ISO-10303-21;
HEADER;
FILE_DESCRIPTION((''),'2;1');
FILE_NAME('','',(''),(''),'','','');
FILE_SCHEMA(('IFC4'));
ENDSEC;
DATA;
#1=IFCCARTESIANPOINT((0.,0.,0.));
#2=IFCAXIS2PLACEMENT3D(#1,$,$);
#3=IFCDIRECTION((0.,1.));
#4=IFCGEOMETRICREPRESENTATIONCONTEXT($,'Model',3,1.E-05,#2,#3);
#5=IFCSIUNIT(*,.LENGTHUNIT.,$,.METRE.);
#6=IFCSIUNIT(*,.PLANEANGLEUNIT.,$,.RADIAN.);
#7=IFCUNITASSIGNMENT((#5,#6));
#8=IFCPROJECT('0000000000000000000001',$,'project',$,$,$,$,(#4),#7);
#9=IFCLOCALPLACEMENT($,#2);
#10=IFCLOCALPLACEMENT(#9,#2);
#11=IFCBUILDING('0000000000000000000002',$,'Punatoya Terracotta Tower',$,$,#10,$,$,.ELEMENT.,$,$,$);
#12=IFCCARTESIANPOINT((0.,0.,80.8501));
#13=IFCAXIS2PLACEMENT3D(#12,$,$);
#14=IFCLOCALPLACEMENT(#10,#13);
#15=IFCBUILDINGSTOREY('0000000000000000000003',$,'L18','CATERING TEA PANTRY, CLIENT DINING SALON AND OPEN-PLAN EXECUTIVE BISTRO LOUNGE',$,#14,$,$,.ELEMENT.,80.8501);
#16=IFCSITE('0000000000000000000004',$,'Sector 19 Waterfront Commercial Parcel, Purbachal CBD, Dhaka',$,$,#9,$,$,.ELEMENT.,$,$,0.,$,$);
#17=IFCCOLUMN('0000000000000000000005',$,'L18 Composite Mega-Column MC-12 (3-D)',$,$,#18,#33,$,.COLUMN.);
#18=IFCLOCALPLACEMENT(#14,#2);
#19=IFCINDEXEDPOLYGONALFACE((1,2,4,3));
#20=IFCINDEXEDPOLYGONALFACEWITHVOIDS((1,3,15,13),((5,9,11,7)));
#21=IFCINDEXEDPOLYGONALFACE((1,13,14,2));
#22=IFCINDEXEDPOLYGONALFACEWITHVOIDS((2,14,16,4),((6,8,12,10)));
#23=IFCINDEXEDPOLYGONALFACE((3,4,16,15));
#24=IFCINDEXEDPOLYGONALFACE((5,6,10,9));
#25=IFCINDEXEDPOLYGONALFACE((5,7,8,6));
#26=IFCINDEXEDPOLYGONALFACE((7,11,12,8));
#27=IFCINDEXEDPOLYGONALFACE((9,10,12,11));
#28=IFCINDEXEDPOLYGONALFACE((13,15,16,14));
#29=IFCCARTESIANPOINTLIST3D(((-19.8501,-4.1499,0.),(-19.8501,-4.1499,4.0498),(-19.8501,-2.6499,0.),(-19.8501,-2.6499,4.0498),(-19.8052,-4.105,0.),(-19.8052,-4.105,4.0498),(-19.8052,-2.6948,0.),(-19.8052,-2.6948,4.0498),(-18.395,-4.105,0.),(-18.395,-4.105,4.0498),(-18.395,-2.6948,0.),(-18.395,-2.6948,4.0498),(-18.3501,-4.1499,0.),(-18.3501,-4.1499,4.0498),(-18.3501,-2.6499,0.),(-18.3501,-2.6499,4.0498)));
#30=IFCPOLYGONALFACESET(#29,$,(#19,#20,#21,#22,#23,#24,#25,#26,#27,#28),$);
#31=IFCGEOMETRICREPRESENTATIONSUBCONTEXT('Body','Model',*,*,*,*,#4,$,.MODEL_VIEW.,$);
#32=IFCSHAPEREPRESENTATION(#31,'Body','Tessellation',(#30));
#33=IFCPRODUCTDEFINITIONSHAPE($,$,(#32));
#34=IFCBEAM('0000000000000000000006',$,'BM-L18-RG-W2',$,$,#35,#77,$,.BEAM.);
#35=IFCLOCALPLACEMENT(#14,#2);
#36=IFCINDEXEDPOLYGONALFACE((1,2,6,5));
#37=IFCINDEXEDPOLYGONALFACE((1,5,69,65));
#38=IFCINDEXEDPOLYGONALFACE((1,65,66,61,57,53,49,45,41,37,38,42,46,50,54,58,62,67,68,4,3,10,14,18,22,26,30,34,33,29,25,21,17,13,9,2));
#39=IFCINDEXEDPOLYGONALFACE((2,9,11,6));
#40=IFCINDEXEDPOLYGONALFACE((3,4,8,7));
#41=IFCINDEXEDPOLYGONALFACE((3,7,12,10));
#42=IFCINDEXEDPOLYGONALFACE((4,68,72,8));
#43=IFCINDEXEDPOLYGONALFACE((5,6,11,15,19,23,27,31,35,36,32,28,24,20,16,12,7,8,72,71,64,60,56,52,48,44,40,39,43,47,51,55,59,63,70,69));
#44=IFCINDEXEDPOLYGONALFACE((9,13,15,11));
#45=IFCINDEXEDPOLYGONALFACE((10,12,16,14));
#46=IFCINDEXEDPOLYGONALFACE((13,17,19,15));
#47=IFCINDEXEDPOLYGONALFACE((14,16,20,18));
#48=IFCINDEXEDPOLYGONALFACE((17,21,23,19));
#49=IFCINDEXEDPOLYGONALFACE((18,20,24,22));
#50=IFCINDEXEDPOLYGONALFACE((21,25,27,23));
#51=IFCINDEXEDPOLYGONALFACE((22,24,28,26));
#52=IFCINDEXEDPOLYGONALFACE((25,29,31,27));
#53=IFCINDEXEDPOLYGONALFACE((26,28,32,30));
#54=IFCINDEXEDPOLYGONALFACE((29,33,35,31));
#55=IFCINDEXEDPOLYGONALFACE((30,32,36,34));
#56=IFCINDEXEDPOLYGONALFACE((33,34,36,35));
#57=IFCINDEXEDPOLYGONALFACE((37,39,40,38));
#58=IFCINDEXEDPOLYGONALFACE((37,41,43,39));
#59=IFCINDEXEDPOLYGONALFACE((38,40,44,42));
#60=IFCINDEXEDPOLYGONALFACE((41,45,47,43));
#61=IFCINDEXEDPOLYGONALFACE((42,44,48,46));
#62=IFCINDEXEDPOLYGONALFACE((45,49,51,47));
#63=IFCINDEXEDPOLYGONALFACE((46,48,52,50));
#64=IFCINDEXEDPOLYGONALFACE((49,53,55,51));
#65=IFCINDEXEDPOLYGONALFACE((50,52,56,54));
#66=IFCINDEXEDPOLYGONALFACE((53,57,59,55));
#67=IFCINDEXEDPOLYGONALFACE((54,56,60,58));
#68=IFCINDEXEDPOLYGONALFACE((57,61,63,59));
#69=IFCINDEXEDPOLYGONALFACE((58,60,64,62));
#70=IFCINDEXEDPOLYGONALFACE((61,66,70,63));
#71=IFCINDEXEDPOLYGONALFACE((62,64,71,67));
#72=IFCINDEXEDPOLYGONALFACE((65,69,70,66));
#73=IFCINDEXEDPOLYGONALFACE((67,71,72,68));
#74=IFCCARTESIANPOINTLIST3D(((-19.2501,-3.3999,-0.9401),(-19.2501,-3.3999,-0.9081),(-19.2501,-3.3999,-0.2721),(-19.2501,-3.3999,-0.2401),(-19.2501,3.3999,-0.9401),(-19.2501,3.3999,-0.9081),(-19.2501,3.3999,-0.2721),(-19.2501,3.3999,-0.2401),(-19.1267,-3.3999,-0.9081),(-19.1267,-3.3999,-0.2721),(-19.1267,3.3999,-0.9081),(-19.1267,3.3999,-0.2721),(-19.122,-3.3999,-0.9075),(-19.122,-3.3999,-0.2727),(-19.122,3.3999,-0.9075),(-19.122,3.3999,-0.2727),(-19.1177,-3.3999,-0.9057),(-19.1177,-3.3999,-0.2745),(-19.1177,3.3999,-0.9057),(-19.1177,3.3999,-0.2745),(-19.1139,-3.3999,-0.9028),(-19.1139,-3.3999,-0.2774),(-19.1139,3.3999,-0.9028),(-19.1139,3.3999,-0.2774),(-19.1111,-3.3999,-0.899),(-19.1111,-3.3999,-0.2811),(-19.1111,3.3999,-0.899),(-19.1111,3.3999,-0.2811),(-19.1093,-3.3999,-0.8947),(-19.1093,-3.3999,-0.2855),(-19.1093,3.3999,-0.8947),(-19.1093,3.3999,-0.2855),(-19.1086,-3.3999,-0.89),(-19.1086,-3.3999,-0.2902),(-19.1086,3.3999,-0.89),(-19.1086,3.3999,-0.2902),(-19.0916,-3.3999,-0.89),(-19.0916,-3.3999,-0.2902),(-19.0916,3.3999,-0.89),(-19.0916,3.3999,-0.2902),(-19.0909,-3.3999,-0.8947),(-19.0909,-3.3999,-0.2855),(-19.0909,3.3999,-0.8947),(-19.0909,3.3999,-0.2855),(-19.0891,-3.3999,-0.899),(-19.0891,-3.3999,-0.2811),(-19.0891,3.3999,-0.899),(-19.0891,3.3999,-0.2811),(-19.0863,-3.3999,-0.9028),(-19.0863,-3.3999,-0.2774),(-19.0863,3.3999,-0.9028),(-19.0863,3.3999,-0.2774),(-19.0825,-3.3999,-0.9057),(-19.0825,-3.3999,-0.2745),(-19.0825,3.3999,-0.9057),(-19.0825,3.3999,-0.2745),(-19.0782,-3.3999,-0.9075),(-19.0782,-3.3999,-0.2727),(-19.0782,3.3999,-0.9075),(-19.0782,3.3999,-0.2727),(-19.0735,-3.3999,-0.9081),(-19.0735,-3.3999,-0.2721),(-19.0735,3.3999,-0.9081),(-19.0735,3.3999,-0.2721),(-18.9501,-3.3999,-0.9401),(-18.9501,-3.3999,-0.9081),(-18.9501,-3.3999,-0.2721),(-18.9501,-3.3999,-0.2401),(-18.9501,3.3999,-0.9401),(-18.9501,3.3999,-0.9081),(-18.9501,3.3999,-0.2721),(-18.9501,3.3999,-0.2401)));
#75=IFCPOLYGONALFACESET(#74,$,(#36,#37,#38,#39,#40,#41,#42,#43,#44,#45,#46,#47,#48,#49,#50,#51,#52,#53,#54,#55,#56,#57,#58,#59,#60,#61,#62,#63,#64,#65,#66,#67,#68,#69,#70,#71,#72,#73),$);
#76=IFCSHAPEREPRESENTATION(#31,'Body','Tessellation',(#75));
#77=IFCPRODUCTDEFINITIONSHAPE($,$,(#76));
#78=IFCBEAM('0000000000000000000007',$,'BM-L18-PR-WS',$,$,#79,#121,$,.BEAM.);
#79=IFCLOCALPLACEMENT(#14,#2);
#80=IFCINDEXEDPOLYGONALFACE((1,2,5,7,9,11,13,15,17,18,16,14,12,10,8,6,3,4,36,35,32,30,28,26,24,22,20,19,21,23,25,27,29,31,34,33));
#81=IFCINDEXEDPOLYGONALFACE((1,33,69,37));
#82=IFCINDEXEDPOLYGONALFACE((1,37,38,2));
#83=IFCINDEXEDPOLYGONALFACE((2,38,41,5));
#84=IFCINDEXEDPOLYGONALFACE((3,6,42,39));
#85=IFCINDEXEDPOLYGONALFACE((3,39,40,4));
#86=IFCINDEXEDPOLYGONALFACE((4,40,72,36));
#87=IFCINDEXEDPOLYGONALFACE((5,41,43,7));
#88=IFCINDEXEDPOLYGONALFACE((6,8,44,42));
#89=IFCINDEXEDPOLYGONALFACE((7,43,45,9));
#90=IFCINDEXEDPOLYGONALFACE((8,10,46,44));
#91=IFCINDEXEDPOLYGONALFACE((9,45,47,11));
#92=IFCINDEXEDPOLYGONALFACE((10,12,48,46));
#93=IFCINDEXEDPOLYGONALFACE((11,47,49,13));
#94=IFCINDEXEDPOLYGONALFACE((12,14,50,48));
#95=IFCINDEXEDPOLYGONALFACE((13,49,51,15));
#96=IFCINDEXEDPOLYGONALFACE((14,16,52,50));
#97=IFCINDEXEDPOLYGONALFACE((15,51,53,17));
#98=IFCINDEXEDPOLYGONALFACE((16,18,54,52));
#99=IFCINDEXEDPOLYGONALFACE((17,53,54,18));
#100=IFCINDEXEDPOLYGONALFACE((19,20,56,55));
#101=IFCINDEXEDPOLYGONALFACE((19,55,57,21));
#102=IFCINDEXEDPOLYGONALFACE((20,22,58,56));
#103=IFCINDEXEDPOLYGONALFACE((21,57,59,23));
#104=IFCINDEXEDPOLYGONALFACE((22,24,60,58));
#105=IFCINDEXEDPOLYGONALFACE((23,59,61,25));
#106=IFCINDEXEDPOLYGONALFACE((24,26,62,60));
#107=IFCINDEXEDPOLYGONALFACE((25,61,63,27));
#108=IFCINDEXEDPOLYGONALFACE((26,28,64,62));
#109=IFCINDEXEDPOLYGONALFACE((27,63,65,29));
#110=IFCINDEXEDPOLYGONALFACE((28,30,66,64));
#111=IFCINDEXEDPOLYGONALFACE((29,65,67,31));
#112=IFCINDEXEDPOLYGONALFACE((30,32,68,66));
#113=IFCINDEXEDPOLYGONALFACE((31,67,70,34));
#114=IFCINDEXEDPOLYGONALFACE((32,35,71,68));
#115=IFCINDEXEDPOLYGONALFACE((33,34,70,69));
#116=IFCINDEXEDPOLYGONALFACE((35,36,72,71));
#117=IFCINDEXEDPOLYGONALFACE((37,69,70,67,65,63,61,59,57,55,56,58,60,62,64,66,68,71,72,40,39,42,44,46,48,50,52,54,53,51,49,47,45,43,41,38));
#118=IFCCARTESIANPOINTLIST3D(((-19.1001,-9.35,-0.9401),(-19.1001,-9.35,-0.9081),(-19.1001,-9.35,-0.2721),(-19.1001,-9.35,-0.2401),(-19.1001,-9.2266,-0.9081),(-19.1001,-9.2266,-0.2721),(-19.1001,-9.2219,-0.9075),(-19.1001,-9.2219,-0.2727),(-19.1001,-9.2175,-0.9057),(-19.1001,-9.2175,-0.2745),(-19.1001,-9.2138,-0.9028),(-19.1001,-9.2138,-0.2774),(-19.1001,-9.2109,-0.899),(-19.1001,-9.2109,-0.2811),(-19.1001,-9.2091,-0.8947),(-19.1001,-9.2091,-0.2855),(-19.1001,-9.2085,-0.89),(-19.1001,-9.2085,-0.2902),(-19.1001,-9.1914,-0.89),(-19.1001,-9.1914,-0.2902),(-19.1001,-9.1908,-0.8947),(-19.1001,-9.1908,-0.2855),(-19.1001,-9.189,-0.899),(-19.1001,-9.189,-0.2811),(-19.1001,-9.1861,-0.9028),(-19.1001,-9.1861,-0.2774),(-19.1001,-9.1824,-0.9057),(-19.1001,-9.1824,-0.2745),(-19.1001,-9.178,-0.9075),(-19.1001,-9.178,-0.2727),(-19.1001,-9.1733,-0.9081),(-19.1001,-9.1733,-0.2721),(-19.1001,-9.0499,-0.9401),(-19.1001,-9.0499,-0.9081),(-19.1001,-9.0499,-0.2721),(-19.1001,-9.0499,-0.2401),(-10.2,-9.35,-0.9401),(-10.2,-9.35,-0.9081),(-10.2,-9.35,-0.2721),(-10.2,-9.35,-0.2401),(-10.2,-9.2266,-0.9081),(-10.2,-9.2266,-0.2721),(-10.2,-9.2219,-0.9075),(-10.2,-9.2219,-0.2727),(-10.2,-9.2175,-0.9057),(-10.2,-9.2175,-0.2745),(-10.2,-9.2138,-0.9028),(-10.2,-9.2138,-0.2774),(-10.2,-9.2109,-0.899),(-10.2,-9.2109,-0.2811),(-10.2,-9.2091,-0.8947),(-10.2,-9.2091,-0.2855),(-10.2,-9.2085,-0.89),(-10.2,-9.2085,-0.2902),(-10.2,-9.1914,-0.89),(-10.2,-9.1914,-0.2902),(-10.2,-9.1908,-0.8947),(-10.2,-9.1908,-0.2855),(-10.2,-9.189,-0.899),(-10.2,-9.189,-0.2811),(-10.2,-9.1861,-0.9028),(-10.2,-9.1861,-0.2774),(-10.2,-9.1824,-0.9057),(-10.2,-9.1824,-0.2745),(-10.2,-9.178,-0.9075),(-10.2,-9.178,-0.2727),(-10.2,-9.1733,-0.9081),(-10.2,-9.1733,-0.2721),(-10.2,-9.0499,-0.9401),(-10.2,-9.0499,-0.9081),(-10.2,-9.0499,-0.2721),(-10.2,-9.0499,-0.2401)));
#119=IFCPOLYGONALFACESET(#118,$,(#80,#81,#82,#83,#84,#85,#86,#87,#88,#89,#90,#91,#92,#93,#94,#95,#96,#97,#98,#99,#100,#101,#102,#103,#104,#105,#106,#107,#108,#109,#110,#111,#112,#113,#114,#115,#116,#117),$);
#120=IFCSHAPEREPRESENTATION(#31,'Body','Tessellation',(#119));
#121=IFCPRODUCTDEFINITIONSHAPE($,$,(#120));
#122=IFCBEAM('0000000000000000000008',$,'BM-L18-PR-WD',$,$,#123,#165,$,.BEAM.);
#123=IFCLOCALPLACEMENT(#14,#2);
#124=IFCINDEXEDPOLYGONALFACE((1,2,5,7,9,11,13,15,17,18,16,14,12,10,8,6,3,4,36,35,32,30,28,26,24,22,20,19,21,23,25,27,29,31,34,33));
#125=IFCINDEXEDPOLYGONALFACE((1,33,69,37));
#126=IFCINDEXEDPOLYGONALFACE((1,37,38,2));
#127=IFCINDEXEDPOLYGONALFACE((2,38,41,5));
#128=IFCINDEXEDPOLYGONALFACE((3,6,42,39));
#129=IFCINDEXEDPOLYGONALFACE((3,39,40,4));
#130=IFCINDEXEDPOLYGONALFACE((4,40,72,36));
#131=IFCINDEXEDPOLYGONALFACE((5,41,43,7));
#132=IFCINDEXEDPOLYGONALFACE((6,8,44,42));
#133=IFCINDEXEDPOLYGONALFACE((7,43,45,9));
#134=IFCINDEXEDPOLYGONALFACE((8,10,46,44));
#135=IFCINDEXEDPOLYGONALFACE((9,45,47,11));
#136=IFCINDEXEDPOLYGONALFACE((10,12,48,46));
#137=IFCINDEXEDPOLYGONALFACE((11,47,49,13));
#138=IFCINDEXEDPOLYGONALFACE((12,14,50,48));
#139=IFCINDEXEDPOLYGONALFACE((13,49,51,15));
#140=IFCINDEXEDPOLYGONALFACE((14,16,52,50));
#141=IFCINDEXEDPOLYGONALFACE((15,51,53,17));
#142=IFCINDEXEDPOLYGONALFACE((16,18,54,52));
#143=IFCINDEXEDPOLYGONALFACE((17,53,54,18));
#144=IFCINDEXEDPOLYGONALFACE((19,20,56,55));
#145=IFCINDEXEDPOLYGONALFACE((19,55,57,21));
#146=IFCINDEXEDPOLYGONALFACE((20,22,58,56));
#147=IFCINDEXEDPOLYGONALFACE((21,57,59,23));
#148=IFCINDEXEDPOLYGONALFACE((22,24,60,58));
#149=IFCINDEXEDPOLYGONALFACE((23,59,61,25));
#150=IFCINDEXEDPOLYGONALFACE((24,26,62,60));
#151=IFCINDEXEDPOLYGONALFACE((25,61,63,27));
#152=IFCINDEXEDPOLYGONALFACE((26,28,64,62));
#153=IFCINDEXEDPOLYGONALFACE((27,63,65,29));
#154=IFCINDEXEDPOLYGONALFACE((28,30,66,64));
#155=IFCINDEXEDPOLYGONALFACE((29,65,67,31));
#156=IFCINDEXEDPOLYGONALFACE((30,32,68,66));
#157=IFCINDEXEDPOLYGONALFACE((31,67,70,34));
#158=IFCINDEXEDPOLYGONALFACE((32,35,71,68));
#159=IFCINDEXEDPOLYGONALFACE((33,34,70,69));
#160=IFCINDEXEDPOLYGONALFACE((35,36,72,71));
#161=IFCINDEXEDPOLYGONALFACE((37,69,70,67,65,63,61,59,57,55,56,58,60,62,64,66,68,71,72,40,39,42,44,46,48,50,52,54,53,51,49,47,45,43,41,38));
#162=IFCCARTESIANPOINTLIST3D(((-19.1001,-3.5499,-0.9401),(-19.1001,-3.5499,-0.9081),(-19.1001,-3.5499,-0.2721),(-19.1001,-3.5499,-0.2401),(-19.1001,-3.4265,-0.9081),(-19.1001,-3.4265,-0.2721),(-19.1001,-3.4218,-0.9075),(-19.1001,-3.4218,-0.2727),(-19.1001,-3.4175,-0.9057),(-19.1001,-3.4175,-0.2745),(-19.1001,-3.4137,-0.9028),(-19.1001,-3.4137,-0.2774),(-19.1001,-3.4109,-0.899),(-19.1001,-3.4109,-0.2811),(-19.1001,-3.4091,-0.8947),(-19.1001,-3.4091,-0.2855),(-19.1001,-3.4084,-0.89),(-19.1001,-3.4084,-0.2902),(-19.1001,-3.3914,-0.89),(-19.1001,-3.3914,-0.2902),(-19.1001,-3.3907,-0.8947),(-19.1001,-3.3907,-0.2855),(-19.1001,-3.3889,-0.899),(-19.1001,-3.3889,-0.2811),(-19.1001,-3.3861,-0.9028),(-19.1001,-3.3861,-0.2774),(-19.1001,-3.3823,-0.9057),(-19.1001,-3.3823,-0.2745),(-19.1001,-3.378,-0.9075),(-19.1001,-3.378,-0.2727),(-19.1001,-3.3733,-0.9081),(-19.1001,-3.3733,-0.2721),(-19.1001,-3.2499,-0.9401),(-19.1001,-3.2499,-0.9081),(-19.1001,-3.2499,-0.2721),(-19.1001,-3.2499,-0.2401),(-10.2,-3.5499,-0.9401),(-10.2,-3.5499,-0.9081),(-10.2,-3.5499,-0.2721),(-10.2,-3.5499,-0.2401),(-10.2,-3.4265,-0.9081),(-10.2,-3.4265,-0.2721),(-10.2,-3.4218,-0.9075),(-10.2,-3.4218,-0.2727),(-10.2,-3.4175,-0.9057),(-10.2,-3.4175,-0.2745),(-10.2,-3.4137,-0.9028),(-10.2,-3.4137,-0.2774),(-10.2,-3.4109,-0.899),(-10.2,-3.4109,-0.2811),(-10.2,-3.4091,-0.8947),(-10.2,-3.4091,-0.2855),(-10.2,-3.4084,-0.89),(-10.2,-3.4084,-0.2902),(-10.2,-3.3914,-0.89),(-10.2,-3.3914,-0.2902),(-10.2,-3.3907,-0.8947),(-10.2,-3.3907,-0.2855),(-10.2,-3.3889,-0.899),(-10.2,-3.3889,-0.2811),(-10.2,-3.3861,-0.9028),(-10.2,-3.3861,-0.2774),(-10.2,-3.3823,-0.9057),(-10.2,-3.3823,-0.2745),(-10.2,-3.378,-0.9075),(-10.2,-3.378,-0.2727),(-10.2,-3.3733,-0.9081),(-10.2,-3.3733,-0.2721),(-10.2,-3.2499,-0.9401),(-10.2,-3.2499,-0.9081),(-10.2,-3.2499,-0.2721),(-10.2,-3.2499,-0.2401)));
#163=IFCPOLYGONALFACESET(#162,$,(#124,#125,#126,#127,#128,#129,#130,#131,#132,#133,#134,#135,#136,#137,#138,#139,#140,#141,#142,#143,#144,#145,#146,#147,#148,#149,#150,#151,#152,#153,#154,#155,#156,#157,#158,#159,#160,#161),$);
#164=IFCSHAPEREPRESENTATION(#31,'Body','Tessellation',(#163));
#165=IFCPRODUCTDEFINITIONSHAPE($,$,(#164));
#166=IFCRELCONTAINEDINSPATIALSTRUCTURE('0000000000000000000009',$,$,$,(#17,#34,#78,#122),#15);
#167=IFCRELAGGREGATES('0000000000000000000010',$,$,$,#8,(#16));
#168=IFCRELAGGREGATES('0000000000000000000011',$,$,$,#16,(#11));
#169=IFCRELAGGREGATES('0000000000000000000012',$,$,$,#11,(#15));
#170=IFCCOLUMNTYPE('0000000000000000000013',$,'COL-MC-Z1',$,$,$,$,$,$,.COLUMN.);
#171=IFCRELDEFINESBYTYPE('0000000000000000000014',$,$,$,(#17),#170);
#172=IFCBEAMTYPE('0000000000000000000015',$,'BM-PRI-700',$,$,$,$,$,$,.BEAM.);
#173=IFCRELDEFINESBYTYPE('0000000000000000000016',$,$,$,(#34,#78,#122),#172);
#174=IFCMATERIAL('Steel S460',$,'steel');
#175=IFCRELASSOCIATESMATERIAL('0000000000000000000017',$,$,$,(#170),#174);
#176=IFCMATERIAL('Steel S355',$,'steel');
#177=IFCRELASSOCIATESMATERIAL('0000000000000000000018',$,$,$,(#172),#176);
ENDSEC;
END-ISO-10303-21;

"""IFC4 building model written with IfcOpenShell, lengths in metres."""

from ifc_helpers import new_model, si_unit, direction, frame, origin, origin_2d, place, context, subcontext, project, spatial, hollow_rectangle, i_section, extrude, material, material_profile, profile_set, type_object, element, save


model = new_model("IFC4")

# Units and contexts
model_context = context("Model", 3, precision=1e-05, world=origin(), true_north=direction((0.0, 1.0)))
body_context = subcontext(model_context, "Body", "Model", "MODEL_VIEW")
ifc_project = project(units=[si_unit("LENGTHUNIT", "METRE"), si_unit("PLANEANGLEUNIT", "RADIAN")], contexts=[model_context])

# Site, building, storey
site_placement = place(None, origin())
site = spatial("IfcSite", under=ifc_project, at=site_placement, Name="Sector 19 Waterfront Commercial Parcel, Purbachal CBD, Dhaka", CompositionType="ELEMENT", RefElevation=0.0)
building_placement = place(site_placement, origin())
building = spatial("IfcBuilding", under=site, at=building_placement, Name="Punatoya Terracotta Tower", CompositionType="ELEMENT")
storey_placement = place(building_placement, frame((0.0, 0.0, 80.8501)))
storey = spatial("IfcBuildingStorey", under=building, at=storey_placement, Name="L18", Description="CATERING TEA PANTRY, CLIENT DINING SALON AND OPEN-PLAN EXECUTIVE BISTRO LOUNGE", CompositionType="ELEMENT", Elevation=80.8501)

# Column
ifc_material_1 = material(Name="Steel S460", Category="steel")
ifc_material_profile_1 = material_profile(ifc_material_1, hollow_rectangle(XDim=1.5, YDim=1.5, WallThickness=0.0449, at=origin_2d()))
ifc_profile_set_1 = profile_set([ifc_material_profile_1], Name="Steel S460")
column_type = type_object("IfcColumnType", Name="COL-MC-Z1", PredefinedType="COLUMN", material=ifc_profile_set_1)
column_placement = place(storey_placement, frame((-19.1001, -3.3999, 0.0), z_axis=(0.0, 0.0, 1.0), x_axis=(1.0, 0.0, 0.0)))
element("IfcColumn", 1, at=column_placement, inside=storey, type_object=column_type, Name="L18 Composite Mega-Column MC-12 (3-D)", PredefinedType="COLUMN", context=body_context, shape_type="SweptSolid", body=[
    extrude(hollow_rectangle(XDim=1.5, YDim=1.5, WallThickness=0.0449, at=origin_2d()), origin(), (0.0, 0.0, 1.0), 4.0498),
])

# Beams
ifc_material_2 = material(Name="Steel S355", Category="steel")
ifc_material_profile_2 = material_profile(ifc_material_2, i_section(OverallWidth=0.3, OverallDepth=0.7, WebThickness=0.0171, FlangeThickness=0.032, FilletRadius=0.0181, at=origin_2d()))
ifc_profile_set_2 = profile_set([ifc_material_profile_2], Name="Steel S355")
beam_type_1 = type_object("IfcBeamType", Name="BM-PRI-700", PredefinedType="BEAM", material=ifc_profile_set_2)
beam_1_placement = place(storey_placement, frame((-19.1001, -3.3999, -0.5901), z_axis=(0.0, 1.0, 0.0), x_axis=(-1.0, 0.0, 0.0)))
element("IfcBeam", 2, at=beam_1_placement, inside=storey, type_object=beam_type_1, Name="BM-L18-RG-W2", PredefinedType="BEAM", context=body_context, shape_type="SweptSolid", body=[
    extrude(i_section(OverallWidth=0.3, OverallDepth=0.7, WebThickness=0.0171, FlangeThickness=0.032, FilletRadius=0.0181, at=origin_2d()), origin(), (0.0, 0.0, 1.0), 6.7998),
])
for number, where, z_axis, x_axis, name in (
    (3, (-19.1001, -9.2, -0.5901), (1.0, 0.0, 0.0), (0.0, 1.0, 0.0), "BM-L18-PR-WS"),
    (4, (-19.1001, -3.3999, -0.5901), (1.0, 0.0, 0.0), (0.0, 1.0, 0.0), "BM-L18-PR-WD"),
):
    element("IfcBeam", number, at=place(storey_placement, frame(where, z_axis=z_axis, x_axis=x_axis)), inside=storey, type_object=beam_type_1, Name=name, PredefinedType="BEAM", context=body_context, shape_type="SweptSolid", body=[
        extrude(i_section(OverallWidth=0.3, OverallDepth=0.7, WebThickness=0.0171, FlangeThickness=0.032, FilletRadius=0.0181, at=origin_2d()), origin(), (0.0, 0.0, 1.0), 8.9001),
    ])

save(model, "model.ifc")
